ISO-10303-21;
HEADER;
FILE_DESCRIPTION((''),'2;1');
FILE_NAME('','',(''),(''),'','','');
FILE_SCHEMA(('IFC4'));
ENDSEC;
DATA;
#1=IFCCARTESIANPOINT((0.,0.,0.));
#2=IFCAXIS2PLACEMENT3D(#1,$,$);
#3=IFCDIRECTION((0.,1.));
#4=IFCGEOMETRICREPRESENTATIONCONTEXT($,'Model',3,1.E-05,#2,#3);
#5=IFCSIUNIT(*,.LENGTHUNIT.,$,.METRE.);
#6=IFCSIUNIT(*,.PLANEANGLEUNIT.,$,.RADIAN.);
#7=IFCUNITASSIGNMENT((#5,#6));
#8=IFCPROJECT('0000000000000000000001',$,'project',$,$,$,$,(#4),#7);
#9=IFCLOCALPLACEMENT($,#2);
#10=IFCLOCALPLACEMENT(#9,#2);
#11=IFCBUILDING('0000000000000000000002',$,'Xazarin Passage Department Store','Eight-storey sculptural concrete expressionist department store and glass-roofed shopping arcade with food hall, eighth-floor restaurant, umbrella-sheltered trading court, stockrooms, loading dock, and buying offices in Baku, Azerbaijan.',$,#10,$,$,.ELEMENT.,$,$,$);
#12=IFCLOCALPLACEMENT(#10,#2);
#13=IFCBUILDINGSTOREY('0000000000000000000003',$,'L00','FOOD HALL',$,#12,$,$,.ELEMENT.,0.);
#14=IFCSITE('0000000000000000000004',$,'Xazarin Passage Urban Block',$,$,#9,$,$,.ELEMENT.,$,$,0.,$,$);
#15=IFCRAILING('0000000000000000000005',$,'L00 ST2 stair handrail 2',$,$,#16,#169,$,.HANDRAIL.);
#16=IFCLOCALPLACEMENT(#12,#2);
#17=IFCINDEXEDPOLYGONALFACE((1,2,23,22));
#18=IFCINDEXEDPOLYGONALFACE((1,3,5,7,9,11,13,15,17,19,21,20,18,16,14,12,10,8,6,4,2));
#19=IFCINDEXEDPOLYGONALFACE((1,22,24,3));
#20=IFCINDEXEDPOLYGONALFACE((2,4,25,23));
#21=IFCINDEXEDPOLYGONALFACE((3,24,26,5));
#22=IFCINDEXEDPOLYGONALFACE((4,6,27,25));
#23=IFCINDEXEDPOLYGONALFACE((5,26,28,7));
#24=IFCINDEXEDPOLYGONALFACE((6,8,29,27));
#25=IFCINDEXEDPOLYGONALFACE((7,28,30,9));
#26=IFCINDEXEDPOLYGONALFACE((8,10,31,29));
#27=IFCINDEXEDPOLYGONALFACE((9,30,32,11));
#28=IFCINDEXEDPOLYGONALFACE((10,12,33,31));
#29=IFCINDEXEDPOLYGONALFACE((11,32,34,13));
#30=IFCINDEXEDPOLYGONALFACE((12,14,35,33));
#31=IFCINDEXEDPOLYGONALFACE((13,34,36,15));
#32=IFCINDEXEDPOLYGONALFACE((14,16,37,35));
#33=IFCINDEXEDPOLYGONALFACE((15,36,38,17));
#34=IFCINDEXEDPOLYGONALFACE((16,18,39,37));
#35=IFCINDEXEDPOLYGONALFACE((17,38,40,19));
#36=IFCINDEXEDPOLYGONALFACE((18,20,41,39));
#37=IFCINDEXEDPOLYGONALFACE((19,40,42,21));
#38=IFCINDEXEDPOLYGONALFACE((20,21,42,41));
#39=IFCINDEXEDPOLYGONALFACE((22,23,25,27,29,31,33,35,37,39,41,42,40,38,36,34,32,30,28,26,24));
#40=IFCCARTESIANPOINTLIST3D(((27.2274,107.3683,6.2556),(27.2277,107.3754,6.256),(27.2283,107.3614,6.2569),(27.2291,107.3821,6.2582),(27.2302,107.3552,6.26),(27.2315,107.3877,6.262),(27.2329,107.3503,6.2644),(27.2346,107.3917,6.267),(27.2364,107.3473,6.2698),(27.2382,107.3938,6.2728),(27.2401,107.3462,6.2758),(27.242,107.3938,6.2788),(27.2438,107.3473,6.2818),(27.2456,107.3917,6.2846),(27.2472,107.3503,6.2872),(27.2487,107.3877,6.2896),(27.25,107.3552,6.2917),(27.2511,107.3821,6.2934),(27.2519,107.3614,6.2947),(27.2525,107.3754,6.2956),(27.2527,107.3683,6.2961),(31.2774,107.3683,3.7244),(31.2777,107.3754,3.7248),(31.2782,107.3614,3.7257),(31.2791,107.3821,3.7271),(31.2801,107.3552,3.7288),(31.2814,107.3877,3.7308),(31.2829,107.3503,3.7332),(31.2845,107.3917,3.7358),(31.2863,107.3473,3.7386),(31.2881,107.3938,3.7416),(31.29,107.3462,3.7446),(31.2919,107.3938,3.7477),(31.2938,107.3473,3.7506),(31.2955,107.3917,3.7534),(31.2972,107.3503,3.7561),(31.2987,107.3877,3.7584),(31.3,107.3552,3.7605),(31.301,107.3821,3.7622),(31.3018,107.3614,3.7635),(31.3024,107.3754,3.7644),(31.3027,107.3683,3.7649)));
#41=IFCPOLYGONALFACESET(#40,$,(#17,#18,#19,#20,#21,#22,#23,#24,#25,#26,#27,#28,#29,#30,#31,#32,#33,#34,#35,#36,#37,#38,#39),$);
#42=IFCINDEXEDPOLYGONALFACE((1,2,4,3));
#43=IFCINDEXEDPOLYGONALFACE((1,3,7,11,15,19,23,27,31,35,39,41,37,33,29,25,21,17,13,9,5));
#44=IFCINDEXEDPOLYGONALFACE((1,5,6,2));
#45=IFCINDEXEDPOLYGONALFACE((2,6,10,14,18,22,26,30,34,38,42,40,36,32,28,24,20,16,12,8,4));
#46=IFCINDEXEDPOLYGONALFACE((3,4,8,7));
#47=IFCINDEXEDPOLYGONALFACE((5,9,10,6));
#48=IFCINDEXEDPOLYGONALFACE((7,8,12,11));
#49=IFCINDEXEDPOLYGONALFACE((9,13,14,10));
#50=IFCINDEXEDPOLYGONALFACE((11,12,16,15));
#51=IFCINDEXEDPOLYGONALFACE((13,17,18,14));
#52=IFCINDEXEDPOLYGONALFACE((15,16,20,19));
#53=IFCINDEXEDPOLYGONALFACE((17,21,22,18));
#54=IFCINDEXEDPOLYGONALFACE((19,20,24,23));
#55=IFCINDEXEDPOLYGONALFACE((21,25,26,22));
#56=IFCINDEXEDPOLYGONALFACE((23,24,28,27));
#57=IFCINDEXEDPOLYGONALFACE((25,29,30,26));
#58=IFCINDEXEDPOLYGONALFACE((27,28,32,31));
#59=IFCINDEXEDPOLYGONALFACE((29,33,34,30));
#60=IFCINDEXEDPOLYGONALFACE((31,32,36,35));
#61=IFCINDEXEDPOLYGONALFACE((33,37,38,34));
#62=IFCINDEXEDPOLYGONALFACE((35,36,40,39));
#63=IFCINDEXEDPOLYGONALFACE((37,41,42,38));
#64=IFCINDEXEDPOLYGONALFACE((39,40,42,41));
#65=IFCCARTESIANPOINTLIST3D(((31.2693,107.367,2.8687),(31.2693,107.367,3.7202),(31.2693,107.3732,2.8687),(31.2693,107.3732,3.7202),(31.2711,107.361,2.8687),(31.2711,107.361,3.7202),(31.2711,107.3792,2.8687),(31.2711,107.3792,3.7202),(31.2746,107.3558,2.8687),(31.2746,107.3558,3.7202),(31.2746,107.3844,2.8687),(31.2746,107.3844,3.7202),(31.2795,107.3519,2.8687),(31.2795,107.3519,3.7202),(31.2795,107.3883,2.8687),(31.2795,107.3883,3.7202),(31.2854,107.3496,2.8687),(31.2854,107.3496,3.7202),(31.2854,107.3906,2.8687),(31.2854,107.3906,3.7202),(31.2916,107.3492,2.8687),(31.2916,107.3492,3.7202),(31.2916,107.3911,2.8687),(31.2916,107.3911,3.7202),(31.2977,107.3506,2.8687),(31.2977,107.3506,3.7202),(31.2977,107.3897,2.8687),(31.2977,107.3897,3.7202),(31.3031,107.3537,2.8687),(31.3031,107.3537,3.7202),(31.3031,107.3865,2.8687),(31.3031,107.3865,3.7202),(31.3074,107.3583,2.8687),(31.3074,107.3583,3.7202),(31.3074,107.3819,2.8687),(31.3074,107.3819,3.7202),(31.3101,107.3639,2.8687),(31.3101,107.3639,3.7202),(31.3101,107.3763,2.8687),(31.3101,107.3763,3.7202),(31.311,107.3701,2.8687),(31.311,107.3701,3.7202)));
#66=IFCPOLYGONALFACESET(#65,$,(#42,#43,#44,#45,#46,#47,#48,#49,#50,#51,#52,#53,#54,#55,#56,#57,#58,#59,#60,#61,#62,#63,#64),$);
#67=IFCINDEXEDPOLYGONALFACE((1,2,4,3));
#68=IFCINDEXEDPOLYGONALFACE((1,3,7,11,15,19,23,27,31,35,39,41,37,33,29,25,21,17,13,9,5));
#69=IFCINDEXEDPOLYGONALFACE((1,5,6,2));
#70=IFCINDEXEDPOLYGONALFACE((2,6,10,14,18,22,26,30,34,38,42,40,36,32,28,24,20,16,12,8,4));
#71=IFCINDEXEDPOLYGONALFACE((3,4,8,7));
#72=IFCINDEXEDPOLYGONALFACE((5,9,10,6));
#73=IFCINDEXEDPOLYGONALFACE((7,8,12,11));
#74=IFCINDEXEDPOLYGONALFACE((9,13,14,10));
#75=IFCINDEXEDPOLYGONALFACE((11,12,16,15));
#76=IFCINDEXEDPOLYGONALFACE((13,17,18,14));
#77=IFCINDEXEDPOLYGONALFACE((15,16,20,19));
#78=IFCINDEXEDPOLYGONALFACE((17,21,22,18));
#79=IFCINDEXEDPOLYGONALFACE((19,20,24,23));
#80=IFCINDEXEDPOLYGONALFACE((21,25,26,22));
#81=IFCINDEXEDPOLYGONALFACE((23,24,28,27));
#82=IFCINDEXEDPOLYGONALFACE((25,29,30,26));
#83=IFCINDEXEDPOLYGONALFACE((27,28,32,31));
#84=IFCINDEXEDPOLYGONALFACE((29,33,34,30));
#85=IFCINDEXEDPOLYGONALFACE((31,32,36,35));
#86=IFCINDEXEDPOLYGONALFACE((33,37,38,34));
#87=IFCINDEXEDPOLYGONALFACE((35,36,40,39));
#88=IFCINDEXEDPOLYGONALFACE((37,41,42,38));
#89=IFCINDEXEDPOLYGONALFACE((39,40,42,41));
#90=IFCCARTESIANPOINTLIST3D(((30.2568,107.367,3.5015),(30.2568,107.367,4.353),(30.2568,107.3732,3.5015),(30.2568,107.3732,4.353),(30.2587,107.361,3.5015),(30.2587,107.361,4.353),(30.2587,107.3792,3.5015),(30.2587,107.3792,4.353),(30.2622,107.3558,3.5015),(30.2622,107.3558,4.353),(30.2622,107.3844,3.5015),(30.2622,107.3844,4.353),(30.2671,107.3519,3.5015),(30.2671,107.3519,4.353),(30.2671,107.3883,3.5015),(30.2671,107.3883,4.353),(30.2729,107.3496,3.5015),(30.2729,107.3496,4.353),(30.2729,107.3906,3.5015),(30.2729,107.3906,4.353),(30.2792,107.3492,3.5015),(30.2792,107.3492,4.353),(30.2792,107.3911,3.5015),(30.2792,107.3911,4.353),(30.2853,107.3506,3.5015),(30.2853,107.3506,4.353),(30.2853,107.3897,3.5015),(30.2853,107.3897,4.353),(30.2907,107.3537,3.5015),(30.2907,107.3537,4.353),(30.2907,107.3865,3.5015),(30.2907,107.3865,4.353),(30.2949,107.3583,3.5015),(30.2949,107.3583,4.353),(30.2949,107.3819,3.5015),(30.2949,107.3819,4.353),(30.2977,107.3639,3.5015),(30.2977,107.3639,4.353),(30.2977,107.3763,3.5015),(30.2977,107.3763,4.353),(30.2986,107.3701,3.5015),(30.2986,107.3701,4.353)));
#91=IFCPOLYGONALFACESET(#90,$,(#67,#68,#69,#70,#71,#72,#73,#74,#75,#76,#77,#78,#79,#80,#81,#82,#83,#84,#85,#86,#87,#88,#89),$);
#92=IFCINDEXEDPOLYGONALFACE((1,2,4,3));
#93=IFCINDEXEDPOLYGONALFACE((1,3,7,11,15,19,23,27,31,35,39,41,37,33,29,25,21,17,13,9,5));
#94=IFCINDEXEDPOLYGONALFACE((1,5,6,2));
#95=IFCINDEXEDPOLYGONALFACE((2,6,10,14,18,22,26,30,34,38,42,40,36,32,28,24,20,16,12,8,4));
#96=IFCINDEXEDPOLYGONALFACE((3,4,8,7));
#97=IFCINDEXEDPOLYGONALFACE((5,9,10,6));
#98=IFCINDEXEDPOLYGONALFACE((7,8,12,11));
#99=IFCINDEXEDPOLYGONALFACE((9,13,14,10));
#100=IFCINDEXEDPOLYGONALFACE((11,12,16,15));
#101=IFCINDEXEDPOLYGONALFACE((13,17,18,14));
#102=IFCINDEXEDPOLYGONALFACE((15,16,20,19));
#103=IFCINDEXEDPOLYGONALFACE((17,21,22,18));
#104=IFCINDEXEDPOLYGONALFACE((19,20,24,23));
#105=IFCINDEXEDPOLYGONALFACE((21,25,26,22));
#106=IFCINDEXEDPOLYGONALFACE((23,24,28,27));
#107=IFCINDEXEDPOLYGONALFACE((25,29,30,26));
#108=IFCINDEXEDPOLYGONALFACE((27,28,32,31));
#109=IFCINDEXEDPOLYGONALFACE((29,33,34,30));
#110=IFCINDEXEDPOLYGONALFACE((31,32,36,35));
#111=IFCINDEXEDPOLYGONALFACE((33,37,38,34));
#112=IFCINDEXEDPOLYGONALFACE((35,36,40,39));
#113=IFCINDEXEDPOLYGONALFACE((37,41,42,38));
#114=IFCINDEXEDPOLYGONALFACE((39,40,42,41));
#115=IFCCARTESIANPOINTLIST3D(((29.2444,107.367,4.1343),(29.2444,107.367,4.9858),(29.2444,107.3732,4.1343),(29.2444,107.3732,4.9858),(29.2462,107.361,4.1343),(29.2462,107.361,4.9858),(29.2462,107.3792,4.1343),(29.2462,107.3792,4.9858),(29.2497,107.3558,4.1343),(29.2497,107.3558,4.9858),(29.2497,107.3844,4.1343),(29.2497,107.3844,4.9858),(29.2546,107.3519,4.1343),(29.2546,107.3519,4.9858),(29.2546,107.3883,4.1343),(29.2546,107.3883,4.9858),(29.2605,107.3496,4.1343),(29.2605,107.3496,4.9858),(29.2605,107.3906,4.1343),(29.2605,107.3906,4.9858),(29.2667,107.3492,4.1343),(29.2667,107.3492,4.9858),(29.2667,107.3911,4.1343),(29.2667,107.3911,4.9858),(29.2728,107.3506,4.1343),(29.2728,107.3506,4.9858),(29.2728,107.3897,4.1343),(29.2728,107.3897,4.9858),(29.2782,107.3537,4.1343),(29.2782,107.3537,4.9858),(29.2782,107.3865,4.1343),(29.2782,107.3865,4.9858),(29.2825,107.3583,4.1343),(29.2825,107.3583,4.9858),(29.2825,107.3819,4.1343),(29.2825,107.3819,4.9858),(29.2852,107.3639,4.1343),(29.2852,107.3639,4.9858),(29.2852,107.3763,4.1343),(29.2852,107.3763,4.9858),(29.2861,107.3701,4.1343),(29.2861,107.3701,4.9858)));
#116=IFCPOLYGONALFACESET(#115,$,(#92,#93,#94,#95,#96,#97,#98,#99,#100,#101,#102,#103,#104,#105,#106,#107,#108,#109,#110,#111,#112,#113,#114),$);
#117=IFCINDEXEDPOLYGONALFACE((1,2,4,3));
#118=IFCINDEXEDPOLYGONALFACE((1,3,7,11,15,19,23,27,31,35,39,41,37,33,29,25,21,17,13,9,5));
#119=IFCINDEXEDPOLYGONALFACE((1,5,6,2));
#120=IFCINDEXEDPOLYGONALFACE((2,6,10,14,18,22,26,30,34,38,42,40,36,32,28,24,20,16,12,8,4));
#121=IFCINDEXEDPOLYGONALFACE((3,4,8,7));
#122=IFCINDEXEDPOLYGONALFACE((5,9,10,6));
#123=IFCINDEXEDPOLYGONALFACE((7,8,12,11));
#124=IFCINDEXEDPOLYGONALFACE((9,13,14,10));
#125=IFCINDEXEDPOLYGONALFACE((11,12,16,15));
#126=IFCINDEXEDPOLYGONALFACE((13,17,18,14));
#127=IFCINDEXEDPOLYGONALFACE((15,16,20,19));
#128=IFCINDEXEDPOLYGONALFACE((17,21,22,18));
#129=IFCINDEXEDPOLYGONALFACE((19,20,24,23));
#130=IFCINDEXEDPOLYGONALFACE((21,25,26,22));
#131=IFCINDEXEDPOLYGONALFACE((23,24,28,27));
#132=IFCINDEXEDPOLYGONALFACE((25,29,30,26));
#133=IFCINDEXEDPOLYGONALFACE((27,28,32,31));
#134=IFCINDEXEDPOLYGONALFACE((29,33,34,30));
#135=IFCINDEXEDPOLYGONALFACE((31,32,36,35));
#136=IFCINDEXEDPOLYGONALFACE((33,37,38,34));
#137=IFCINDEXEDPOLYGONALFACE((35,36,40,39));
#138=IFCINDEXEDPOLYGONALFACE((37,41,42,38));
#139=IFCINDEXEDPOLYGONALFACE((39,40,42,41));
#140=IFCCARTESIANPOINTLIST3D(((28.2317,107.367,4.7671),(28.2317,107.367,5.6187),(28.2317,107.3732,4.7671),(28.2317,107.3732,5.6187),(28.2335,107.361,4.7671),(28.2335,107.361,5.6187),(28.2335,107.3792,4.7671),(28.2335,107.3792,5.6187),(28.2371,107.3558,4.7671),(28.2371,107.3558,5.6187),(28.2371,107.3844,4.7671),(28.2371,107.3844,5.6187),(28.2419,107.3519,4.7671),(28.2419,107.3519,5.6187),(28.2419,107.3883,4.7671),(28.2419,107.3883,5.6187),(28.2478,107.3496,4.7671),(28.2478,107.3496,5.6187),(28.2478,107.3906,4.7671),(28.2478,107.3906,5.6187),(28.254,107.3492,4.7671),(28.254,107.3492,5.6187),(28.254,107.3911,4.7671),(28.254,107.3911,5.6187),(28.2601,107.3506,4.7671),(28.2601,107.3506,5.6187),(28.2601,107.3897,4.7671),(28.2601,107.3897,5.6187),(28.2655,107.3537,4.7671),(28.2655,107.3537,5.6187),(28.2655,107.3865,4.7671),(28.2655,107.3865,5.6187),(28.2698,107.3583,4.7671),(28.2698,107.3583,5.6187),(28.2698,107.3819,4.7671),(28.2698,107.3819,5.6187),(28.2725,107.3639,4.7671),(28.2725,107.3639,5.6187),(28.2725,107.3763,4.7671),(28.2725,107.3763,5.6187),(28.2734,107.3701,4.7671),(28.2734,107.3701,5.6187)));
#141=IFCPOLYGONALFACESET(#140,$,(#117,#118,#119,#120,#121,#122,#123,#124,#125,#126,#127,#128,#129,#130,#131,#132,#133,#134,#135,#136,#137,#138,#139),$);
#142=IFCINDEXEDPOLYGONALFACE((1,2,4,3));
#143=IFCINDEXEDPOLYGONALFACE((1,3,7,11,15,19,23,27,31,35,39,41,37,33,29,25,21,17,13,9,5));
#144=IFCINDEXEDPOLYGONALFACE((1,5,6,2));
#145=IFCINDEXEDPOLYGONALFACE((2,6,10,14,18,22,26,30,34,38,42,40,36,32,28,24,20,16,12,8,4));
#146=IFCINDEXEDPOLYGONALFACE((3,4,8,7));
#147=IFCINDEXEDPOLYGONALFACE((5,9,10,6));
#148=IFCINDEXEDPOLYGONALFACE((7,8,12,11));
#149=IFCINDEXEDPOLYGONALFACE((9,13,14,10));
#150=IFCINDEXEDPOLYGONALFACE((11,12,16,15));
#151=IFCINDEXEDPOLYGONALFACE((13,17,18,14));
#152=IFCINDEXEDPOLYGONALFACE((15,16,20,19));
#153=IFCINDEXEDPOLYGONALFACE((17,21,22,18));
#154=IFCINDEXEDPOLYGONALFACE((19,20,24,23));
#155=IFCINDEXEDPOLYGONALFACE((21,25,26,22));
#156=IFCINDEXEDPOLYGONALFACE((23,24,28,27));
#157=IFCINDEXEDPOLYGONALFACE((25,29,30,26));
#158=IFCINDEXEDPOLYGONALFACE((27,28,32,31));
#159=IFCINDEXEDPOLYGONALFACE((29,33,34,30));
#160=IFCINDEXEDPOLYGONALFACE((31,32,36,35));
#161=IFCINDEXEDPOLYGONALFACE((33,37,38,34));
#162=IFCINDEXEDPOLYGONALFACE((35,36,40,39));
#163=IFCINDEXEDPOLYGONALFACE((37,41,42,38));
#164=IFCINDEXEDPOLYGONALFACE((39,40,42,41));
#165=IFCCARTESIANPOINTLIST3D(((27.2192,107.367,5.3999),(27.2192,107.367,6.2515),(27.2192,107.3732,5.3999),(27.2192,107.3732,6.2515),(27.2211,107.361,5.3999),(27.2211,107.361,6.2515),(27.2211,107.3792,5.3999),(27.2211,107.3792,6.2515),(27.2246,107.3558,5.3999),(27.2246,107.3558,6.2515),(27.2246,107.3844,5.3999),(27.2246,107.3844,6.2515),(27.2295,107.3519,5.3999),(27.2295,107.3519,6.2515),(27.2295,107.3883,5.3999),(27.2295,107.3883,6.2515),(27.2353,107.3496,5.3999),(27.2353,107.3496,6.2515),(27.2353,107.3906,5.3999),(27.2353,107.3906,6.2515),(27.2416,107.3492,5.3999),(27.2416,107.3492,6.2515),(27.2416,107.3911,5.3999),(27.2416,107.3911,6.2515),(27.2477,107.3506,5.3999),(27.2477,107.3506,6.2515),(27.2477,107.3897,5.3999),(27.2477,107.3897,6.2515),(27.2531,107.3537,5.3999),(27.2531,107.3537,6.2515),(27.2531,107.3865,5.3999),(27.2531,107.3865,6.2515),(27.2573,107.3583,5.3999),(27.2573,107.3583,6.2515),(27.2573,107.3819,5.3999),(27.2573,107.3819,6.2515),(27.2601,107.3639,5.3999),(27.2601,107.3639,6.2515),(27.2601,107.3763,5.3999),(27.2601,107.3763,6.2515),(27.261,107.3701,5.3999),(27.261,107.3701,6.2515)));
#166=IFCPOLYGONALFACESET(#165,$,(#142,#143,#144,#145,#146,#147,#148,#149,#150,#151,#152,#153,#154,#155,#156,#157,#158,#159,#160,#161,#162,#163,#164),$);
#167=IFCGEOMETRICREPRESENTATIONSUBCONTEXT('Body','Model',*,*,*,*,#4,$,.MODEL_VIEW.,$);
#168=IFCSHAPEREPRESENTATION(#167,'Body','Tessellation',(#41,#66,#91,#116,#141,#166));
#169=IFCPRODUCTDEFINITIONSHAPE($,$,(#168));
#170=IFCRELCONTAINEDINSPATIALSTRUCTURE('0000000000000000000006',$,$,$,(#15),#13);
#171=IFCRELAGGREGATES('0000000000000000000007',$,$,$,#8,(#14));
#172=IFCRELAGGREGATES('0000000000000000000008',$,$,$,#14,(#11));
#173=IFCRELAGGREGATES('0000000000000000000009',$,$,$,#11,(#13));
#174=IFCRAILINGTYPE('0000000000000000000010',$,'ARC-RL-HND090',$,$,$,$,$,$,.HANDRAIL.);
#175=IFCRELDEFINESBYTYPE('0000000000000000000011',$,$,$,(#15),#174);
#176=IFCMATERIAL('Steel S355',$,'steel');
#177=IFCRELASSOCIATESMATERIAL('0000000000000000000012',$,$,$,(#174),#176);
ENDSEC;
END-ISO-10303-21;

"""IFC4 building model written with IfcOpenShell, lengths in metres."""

from ifc_helpers import new_model, si_unit, direction, frame, origin, origin_2d, place, context, subcontext, project, spatial, circle, extrude, material, type_object, element, save


model = new_model("IFC4")

# Units and contexts
model_context = context("Model", 3, precision=1e-05, world=origin(), true_north=direction((0.0, 1.0)))
body_context = subcontext(model_context, "Body", "Model", "MODEL_VIEW")
ifc_project = project(units=[si_unit("LENGTHUNIT", "METRE"), si_unit("PLANEANGLEUNIT", "RADIAN")], contexts=[model_context])

# Site, building, storey
site_placement = place(None, origin())
site = spatial("IfcSite", under=ifc_project, at=site_placement, Name="Xazarin Passage Urban Block", CompositionType="ELEMENT", RefElevation=0.0)
building_placement = place(site_placement, origin())
building = spatial("IfcBuilding", under=site, at=building_placement, Name="Xazarin Passage Department Store", Description="Eight-storey sculptural concrete expressionist department store and glass-roofed shopping arcade with food hall, eighth-floor restaurant, umbrella-sheltered trading court, stockrooms, loading dock, and buying offices in Baku, Azerbaijan.", CompositionType="ELEMENT")
storey_placement = place(building_placement, origin())
storey = spatial("IfcBuildingStorey", under=building, at=storey_placement, Name="L00", Description="FOOD HALL", CompositionType="ELEMENT", Elevation=0.0)

# Railing
ifc_material_1 = material(Name="Steel S355", Category="steel")
railing_type_1 = type_object("IfcRailingType", Name="ARC-RL-HND090", PredefinedType="HANDRAIL", material=ifc_material_1)
railing_1_placement = place(storey_placement, frame((31.29, 107.3701, 2.8687)))
element("IfcRailing", 1, at=railing_1_placement, inside=storey, type_object=railing_type_1, Name="L00 ST2 stair handrail 2", PredefinedType="HANDRAIL", context=body_context, shape_type="SweptSolid", body=[
    extrude(circle(Radius=0.0239, at=origin_2d()), frame((0.0, 0.0, 0.876), z_axis=(-0.848001, 0.0, 0.529994), x_axis=(0.0, -1.0, 0.0)), (0.0, 0.0, 1.0), 4.7759),
    extrude(circle(Radius=0.021, at=origin_2d()), origin(), (0.0, 0.0, 1.0), 0.8516),
    extrude(circle(Radius=0.021, at=origin_2d()), frame((-1.0125, 0.0, 0.6328)), (0.0, 0.0, 1.0), 0.8516),
    extrude(circle(Radius=0.021, at=origin_2d()), frame((-2.0249, 0.0, 1.2656)), (0.0, 0.0, 1.0), 0.8516),
    extrude(circle(Radius=0.021, at=origin_2d()), frame((-3.0376, 0.0, 1.8984)), (0.0, 0.0, 1.0), 0.8516),
    extrude(circle(Radius=0.021, at=origin_2d()), frame((-4.05, 0.0, 2.5312)), (0.0, 0.0, 1.0), 0.8516),
])

save(model, "model.ifc")
